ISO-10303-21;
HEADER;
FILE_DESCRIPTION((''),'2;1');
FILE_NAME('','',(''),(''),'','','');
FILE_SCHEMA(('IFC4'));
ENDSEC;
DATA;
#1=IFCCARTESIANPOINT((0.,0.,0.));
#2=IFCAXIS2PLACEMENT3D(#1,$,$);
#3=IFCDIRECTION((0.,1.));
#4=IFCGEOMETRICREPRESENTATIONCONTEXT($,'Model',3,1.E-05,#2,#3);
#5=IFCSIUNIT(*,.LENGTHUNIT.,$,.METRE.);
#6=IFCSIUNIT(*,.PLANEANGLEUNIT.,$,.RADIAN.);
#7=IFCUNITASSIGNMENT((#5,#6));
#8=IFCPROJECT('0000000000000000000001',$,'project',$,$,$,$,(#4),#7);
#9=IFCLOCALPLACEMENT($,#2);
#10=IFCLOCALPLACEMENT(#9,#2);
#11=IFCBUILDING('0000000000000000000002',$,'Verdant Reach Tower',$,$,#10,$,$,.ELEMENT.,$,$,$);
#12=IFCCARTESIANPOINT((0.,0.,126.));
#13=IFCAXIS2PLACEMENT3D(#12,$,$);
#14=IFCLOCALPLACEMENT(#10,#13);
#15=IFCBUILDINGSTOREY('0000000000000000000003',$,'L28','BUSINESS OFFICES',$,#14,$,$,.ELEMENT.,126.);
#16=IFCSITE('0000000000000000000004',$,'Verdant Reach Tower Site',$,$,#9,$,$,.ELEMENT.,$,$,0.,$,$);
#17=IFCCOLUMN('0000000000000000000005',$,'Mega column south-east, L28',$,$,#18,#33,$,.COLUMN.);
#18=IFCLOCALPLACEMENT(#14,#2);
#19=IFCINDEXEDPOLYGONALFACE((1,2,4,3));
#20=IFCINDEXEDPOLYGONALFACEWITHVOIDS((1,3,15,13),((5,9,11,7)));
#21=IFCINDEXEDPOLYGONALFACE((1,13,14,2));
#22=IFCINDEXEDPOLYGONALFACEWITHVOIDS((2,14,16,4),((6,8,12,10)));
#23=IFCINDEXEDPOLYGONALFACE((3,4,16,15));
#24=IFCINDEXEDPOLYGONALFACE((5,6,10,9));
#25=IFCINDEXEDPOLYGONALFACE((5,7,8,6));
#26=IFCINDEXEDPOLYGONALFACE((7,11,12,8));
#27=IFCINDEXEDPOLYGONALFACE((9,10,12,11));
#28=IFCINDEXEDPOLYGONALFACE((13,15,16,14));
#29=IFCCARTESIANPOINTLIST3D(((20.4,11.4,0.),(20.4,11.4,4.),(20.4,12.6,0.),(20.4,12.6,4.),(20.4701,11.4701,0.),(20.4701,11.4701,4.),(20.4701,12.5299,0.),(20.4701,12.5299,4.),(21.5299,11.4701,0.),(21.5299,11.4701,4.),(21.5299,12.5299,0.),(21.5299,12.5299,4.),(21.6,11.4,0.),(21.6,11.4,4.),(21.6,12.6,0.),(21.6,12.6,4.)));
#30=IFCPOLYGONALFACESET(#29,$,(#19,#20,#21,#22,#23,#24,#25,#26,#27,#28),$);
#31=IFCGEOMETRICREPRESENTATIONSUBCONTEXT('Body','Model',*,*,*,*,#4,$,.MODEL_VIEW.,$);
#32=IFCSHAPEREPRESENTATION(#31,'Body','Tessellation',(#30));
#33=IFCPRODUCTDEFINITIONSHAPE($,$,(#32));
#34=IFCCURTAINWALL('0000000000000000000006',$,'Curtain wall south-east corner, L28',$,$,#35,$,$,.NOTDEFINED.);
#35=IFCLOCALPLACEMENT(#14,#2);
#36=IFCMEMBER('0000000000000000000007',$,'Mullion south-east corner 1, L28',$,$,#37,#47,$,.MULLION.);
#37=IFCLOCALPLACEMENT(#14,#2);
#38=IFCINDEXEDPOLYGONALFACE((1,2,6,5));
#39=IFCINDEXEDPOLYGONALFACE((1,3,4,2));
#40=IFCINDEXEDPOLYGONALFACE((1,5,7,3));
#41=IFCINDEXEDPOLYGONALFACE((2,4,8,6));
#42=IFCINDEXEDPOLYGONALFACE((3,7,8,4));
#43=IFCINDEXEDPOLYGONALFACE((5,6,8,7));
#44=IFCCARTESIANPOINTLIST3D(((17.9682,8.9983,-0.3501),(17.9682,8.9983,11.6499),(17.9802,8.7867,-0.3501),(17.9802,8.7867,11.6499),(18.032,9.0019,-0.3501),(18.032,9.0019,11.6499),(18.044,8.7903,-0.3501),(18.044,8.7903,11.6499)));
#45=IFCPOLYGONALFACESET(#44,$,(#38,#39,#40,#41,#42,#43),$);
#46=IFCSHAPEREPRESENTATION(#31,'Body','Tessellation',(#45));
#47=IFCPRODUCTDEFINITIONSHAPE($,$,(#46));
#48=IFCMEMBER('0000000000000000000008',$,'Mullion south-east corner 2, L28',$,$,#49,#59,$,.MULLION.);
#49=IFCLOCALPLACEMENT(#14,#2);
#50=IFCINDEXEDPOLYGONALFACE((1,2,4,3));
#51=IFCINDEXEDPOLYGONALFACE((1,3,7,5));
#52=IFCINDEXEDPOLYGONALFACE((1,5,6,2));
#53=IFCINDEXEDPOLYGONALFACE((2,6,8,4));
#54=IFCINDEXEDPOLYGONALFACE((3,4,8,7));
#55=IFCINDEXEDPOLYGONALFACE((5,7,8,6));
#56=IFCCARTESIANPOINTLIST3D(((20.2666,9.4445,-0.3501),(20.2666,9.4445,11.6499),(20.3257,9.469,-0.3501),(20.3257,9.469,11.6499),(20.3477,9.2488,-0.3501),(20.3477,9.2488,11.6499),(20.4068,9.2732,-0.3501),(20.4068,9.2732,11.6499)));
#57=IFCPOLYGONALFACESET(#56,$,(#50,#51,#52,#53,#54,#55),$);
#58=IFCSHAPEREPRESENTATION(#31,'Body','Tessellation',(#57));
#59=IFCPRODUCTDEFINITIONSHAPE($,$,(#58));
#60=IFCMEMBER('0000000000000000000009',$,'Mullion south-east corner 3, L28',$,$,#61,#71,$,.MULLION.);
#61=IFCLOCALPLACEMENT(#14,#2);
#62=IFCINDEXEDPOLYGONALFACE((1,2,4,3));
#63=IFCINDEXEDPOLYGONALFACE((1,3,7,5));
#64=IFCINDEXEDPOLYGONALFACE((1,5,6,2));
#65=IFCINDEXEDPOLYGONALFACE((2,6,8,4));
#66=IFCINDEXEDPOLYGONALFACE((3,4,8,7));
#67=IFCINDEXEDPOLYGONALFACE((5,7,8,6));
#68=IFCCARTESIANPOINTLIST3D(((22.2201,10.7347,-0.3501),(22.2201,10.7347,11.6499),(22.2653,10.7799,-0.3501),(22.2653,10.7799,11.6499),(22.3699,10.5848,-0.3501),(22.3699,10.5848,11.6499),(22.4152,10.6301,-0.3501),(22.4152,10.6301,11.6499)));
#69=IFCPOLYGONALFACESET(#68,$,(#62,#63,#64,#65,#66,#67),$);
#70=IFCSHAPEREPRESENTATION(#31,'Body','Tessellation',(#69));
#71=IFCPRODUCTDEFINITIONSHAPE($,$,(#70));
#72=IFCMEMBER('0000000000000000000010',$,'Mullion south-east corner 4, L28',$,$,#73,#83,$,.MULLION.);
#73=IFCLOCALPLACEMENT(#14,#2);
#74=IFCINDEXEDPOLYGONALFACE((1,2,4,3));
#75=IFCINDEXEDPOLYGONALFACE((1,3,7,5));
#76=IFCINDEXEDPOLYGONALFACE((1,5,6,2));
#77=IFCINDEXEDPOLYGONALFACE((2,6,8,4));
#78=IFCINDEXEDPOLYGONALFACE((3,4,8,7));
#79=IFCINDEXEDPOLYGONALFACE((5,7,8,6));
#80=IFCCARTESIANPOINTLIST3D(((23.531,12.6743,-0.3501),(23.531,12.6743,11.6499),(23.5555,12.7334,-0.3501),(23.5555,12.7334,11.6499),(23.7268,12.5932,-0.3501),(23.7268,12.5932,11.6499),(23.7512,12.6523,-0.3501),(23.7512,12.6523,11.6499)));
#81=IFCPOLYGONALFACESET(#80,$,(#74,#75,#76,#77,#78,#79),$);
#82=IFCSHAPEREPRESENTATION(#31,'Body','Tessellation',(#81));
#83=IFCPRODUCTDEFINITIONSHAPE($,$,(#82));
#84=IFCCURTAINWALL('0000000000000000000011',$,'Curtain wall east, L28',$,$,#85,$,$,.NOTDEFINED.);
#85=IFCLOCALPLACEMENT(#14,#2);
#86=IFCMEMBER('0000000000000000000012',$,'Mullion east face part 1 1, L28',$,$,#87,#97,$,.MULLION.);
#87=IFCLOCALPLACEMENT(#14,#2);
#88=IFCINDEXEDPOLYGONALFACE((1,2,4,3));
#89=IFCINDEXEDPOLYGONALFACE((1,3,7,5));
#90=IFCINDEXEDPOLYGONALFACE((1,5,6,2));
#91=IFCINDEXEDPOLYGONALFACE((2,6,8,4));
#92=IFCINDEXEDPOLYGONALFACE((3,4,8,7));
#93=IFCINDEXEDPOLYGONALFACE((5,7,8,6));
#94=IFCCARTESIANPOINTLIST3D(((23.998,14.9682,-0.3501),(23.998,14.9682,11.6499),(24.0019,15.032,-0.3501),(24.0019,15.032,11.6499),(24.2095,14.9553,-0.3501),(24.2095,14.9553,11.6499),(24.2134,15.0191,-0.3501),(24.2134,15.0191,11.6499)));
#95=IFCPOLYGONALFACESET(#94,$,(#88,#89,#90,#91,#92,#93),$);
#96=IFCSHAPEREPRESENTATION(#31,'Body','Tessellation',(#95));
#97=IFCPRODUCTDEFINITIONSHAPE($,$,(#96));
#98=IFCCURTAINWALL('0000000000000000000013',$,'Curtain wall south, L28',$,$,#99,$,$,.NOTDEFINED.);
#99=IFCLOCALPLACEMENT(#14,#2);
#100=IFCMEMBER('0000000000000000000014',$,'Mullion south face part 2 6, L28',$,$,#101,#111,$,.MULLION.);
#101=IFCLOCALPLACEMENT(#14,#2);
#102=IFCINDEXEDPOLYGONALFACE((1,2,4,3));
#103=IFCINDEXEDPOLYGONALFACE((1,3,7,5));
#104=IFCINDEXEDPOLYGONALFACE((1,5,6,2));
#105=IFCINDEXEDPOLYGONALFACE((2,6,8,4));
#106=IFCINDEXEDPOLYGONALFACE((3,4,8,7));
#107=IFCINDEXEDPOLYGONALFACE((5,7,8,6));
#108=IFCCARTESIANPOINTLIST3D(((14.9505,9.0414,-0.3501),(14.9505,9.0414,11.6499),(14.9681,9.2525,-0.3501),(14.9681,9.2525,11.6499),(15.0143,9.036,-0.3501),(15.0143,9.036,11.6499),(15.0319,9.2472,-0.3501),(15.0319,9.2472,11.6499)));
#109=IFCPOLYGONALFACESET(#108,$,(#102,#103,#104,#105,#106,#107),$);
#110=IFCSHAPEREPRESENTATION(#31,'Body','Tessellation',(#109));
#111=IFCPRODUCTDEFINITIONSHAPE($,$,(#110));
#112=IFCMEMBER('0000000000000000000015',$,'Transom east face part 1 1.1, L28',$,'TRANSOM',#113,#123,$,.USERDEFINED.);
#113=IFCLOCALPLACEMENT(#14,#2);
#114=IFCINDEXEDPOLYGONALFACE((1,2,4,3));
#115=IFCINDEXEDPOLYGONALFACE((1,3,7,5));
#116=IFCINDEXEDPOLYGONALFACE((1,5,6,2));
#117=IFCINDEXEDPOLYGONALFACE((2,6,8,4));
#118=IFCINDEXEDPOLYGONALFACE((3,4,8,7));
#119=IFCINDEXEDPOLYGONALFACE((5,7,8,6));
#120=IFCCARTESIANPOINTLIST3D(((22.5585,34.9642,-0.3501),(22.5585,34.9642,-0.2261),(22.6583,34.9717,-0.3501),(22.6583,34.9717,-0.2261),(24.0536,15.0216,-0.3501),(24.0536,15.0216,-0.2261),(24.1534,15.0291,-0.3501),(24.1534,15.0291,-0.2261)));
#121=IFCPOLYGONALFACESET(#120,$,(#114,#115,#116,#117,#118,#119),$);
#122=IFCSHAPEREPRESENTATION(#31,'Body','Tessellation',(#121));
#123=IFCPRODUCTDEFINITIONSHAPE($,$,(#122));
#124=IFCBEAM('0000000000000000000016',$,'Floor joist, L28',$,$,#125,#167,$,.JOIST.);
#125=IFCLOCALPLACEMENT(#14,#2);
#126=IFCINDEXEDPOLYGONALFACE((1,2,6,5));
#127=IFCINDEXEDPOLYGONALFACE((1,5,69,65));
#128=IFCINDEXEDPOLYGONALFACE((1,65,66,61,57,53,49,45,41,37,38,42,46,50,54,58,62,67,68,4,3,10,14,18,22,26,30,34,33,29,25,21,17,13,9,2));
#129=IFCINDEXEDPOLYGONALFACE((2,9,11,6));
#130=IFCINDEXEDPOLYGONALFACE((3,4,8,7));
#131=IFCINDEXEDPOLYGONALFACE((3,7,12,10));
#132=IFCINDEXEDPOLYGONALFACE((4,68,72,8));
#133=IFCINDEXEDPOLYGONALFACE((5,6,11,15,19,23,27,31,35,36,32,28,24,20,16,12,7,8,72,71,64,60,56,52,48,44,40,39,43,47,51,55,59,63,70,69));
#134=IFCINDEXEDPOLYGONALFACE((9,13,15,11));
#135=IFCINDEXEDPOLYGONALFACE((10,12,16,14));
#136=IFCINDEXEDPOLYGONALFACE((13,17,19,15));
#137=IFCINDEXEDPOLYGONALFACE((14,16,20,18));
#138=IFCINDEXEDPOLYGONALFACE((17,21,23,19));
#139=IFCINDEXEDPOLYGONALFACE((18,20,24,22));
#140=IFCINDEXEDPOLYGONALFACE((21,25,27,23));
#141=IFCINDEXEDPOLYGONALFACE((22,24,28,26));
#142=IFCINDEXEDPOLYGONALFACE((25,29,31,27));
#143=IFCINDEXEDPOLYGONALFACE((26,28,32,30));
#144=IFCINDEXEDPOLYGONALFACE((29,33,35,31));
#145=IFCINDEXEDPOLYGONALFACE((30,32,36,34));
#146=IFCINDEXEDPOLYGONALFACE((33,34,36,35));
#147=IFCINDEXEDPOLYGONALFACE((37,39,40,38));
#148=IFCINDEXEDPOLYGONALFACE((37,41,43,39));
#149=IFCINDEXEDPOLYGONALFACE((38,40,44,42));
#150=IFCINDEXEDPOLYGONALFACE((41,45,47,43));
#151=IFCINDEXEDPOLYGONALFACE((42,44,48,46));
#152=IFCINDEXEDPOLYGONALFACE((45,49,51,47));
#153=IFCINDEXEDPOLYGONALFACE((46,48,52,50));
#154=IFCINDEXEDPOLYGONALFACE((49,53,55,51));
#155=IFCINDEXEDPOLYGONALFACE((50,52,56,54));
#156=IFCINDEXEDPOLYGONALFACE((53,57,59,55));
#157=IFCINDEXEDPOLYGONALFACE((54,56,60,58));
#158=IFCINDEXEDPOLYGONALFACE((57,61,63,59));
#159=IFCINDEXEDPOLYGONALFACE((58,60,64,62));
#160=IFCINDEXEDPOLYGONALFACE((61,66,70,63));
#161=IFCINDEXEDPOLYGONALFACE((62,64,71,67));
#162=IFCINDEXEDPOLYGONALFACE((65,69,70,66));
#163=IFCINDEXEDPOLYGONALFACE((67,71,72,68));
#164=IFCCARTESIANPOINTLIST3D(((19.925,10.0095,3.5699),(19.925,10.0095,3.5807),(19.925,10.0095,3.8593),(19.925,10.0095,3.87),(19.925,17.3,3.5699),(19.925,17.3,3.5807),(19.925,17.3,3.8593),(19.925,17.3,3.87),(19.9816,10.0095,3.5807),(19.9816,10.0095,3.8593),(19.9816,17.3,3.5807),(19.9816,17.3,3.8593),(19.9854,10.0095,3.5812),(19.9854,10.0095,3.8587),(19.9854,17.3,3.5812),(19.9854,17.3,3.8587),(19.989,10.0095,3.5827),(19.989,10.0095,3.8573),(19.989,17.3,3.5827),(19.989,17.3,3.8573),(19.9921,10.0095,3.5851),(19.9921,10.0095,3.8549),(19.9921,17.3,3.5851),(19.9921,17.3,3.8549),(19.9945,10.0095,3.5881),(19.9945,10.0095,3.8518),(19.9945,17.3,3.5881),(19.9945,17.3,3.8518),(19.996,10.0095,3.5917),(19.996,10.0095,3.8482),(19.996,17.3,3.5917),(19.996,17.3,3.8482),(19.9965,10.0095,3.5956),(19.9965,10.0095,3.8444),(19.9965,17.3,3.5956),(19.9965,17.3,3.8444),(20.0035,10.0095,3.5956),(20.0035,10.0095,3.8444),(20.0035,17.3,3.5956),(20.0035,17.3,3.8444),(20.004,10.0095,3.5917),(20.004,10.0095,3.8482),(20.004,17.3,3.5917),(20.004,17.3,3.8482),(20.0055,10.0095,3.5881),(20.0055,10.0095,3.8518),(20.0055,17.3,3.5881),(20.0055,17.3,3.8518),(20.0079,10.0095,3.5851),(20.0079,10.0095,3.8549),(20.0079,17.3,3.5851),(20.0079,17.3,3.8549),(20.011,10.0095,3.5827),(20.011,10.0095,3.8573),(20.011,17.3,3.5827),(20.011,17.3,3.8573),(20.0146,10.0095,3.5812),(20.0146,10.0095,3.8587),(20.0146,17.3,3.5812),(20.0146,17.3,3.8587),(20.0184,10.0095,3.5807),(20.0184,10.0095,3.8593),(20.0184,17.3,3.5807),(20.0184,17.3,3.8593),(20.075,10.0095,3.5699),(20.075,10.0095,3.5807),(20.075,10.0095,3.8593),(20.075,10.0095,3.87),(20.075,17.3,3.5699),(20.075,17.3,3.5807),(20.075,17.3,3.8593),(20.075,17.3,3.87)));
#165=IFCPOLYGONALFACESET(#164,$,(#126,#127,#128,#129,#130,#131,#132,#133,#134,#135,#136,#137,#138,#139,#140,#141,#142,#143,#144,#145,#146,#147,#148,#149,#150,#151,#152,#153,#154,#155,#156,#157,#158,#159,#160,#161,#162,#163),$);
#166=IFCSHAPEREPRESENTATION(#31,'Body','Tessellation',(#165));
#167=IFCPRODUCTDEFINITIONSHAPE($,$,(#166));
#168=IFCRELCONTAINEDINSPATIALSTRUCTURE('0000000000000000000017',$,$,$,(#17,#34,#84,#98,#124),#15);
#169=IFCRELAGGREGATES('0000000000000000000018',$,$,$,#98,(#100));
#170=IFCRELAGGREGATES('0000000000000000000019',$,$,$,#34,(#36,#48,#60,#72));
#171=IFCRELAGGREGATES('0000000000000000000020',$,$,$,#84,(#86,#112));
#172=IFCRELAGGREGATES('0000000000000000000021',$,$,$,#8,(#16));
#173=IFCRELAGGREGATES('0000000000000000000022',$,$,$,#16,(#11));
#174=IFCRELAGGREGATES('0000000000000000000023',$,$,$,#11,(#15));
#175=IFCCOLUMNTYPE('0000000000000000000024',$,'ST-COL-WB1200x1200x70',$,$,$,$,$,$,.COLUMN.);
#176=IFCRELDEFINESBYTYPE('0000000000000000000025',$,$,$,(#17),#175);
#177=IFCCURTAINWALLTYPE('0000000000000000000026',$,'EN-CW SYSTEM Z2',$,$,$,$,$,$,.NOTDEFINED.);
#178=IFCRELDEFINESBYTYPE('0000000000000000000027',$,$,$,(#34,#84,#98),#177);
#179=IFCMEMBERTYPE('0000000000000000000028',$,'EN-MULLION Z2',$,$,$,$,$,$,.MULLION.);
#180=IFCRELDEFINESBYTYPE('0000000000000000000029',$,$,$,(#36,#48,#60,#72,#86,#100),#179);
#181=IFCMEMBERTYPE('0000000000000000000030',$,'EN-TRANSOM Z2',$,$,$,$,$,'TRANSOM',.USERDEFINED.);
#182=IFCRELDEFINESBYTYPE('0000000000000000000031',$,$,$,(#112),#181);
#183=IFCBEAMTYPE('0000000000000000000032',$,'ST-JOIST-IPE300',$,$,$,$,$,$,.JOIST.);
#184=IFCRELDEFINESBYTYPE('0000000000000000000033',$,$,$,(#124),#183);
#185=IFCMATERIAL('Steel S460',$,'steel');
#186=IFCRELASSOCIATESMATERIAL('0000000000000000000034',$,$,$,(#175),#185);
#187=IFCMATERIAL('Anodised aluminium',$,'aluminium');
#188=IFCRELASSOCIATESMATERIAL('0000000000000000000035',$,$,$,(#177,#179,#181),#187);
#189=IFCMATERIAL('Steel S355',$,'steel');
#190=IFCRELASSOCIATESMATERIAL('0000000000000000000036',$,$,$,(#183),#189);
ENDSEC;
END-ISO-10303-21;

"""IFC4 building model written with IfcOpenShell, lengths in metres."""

from ifc_helpers import new_model, si_unit, direction, frame, origin, origin_2d, place, context, subcontext, project, spatial, rectangle, hollow_rectangle, i_section, extrude, material, material_profile, profile_set, type_object, element, aggregate, save


model = new_model("IFC4")

# Units and contexts
model_context = context("Model", 3, precision=1e-05, world=origin(), true_north=direction((0.0, 1.0)))
body_context = subcontext(model_context, "Body", "Model", "MODEL_VIEW")
ifc_project = project(units=[si_unit("LENGTHUNIT", "METRE"), si_unit("PLANEANGLEUNIT", "RADIAN")], contexts=[model_context])

# Site, building, storey
site_placement = place(None, origin())
site = spatial("IfcSite", under=ifc_project, at=site_placement, Name="Verdant Reach Tower Site", CompositionType="ELEMENT", RefElevation=0.0)
building_placement = place(site_placement, origin())
building = spatial("IfcBuilding", under=site, at=building_placement, Name="Verdant Reach Tower", CompositionType="ELEMENT")
storey_placement = place(building_placement, frame((0.0, 0.0, 126.0)))
storey = spatial("IfcBuildingStorey", under=building, at=storey_placement, Name="L28", Description="BUSINESS OFFICES", CompositionType="ELEMENT", Elevation=126.0)

# Column
ifc_material_1 = material(Name="Steel S460", Category="steel")
ifc_material_profile_1 = material_profile(ifc_material_1, hollow_rectangle(XDim=1.2, YDim=1.2, WallThickness=0.0701, at=origin_2d()), Name="WB 1200x1200x70")
ifc_profile_set_1 = profile_set([ifc_material_profile_1], Name="Steel S460")
column_type = type_object("IfcColumnType", Name="ST-COL-WB1200x1200x70", PredefinedType="COLUMN", material=ifc_profile_set_1)
column_placement = place(storey_placement, frame((21.0, 12.0, 0.0), z_axis=(0.0, 0.0, 1.0), x_axis=(1.0, 0.0, 0.0)))
element("IfcColumn", 1, at=column_placement, inside=storey, type_object=column_type, Name="Mega column south-east, L28", PredefinedType="COLUMN", context=body_context, shape_type="SweptSolid", body=[
    extrude(hollow_rectangle(XDim=1.2, YDim=1.2, WallThickness=0.0701, at=origin_2d()), origin(), (0.0, 0.0, 1.0), 4.0),
])

# Curtain wall, members
ifc_material_2 = material(Name="Anodised aluminium", Category="aluminium")
curtain_wall_type = type_object("IfcCurtainWallType", Name="EN-CW SYSTEM Z2", PredefinedType="NOTDEFINED", material=ifc_material_2)
curtain_wall_1_placement = place(storey_placement, origin())
curtain_wall_1 = element("IfcCurtainWall", 2, at=curtain_wall_1_placement, inside=storey, type_object=curtain_wall_type, Name="Curtain wall south-east corner, L28", PredefinedType="NOTDEFINED")
ifc_material_profile_2 = material_profile(ifc_material_2, rectangle(XDim=0.2119, YDim=0.064, at=origin_2d()), Name="Mullion 64x212")
ifc_profile_set_2 = profile_set([ifc_material_profile_2], Name="Anodised aluminium")
member_type_1 = type_object("IfcMemberType", Name="EN-MULLION Z2", PredefinedType="MULLION", material=ifc_profile_set_2)
member_1_placement = place(storey_placement, frame((18.0061, 8.8943, -0.3501), z_axis=(0.0, 0.0, 1.0), x_axis=(0.056569, -0.998399, 0.0)))
member_1 = element("IfcMember", 3, at=member_1_placement, type_object=member_type_1, Name="Mullion south-east corner 1, L28", PredefinedType="MULLION", context=body_context, shape_type="SweptSolid", body=[
    extrude(rectangle(XDim=0.2119, YDim=0.064, at=origin_2d()), origin(), (0.0, 0.0, 1.0), 12.0),
])
member_2_placement = place(storey_placement, frame((20.3367, 9.3589, -0.3501), z_axis=(0.0, 0.0, 1.0), x_axis=(0.382694, -0.923875, 0.0)))
member_2 = element("IfcMember", 4, at=member_2_placement, type_object=member_type_1, Name="Mullion south-east corner 2, L28", PredefinedType="MULLION", context=body_context, shape_type="SweptSolid", body=[
    extrude(rectangle(XDim=0.2119, YDim=0.064, at=origin_2d()), origin(), (0.0, 0.0, 1.0), 12.0),
])
member_3_placement = place(storey_placement, frame((22.3176, 10.6824, -0.3501), z_axis=(0.0, 0.0, 1.0), x_axis=(0.707107, -0.707107, 0.0)))
member_3 = element("IfcMember", 5, at=member_3_placement, type_object=member_type_1, Name="Mullion south-east corner 3, L28", PredefinedType="MULLION", context=body_context, shape_type="SweptSolid", body=[
    extrude(rectangle(XDim=0.2119, YDim=0.064, at=origin_2d()), origin(), (0.0, 0.0, 1.0), 12.0),
])
member_4_placement = place(storey_placement, frame((23.6411, 12.6633, -0.3501), z_axis=(0.0, 0.0, 1.0), x_axis=(0.923875, -0.382694, 0.0)))
member_4 = element("IfcMember", 6, at=member_4_placement, type_object=member_type_1, Name="Mullion south-east corner 4, L28", PredefinedType="MULLION", context=body_context, shape_type="SweptSolid", body=[
    extrude(rectangle(XDim=0.2119, YDim=0.064, at=origin_2d()), origin(), (0.0, 0.0, 1.0), 12.0),
])

# Curtain walls, members
curtain_wall_2_placement = place(storey_placement, origin())
curtain_wall_2 = element("IfcCurtainWall", 7, at=curtain_wall_2_placement, inside=storey, type_object=curtain_wall_type, Name="Curtain wall east, L28", PredefinedType="NOTDEFINED")
member_5_placement = place(storey_placement, frame((24.1057, 14.9937, -0.3501), z_axis=(0.0, 0.0, 1.0), x_axis=(0.998156, -0.060703, 0.0)))
member_5 = element("IfcMember", 8, at=member_5_placement, type_object=member_type_1, Name="Mullion east face part 1 1, L28", PredefinedType="MULLION", context=body_context, shape_type="SweptSolid", body=[
    extrude(rectangle(XDim=0.2119, YDim=0.064, at=origin_2d()), origin(), (0.0, 0.0, 1.0), 12.0),
])
curtain_wall_3_placement = place(storey_placement, origin())
curtain_wall_3 = element("IfcCurtainWall", 9, at=curtain_wall_3_placement, inside=storey, type_object=curtain_wall_type, Name="Curtain wall south, L28", PredefinedType="NOTDEFINED")
member_6_placement = place(storey_placement, frame((14.9912, 9.1443, -0.3501), z_axis=(0.0, 0.0, 1.0), x_axis=(-0.083045, -0.996546, 0.0)))
member_6 = element("IfcMember", 10, at=member_6_placement, type_object=member_type_1, Name="Mullion south face part 2 6, L28", PredefinedType="MULLION", context=body_context, shape_type="SweptSolid", body=[
    extrude(rectangle(XDim=0.2119, YDim=0.064, at=origin_2d()), origin(), (0.0, 0.0, 1.0), 12.0),
])

# Member
ifc_material_profile_3 = material_profile(ifc_material_2, rectangle(XDim=0.1001, YDim=0.124, at=origin_2d()), Name="Transom 124x100")
ifc_profile_set_3 = profile_set([ifc_material_profile_3], Name="Anodised aluminium")
member_type_2 = type_object("IfcMemberType", Name="EN-TRANSOM Z2", ElementType="TRANSOM", PredefinedType="USERDEFINED", material=ifc_profile_set_3)
member_7_placement = place(storey_placement, frame((24.1035, 15.0254, -0.2881), z_axis=(-0.074761, 0.997201, 0.0), x_axis=(-0.997201, -0.074761, 0.0)))
member_7 = element("IfcMember", 11, at=member_7_placement, type_object=member_type_2, Name="Transom east face part 1 1.1, L28", ObjectType="TRANSOM", PredefinedType="USERDEFINED", context=body_context, shape_type="SweptSolid", body=[
    extrude(rectangle(XDim=0.1001, YDim=0.124, at=origin_2d()), origin(), (0.0, 0.0, 1.0), 19.9985),
])

# Beam
ifc_material_3 = material(Name="Steel S355", Category="steel")
ifc_material_profile_4 = material_profile(ifc_material_3, i_section(OverallWidth=0.1499, OverallDepth=0.3, WebThickness=0.0071, FlangeThickness=0.0107, FilletRadius=0.0149, at=origin_2d()), Name="IPE 300")
ifc_profile_set_4 = profile_set([ifc_material_profile_4], Name="Steel S355")
beam_type_1 = type_object("IfcBeamType", Name="ST-JOIST-IPE300", PredefinedType="JOIST", material=ifc_profile_set_4)
beam_1_placement = place(storey_placement, frame((20.0, 17.3, 3.72), z_axis=(0.0, -1.0, 0.0), x_axis=(1.0, 0.0, 0.0)))
element("IfcBeam", 12, at=beam_1_placement, inside=storey, type_object=beam_type_1, Name="Floor joist, L28", PredefinedType="JOIST", context=body_context, shape_type="SweptSolid", body=[
    extrude(i_section(OverallWidth=0.1499, OverallDepth=0.3, WebThickness=0.0071, FlangeThickness=0.0107, FilletRadius=0.0149, at=origin_2d()), origin(), (0.0, 0.0, 1.0), 7.2905),
])

aggregate(curtain_wall_3, [member_6])
aggregate(curtain_wall_1, [member_1, member_2, member_3, member_4])
aggregate(curtain_wall_2, [member_5, member_7])

save(model, "model.ifc")
